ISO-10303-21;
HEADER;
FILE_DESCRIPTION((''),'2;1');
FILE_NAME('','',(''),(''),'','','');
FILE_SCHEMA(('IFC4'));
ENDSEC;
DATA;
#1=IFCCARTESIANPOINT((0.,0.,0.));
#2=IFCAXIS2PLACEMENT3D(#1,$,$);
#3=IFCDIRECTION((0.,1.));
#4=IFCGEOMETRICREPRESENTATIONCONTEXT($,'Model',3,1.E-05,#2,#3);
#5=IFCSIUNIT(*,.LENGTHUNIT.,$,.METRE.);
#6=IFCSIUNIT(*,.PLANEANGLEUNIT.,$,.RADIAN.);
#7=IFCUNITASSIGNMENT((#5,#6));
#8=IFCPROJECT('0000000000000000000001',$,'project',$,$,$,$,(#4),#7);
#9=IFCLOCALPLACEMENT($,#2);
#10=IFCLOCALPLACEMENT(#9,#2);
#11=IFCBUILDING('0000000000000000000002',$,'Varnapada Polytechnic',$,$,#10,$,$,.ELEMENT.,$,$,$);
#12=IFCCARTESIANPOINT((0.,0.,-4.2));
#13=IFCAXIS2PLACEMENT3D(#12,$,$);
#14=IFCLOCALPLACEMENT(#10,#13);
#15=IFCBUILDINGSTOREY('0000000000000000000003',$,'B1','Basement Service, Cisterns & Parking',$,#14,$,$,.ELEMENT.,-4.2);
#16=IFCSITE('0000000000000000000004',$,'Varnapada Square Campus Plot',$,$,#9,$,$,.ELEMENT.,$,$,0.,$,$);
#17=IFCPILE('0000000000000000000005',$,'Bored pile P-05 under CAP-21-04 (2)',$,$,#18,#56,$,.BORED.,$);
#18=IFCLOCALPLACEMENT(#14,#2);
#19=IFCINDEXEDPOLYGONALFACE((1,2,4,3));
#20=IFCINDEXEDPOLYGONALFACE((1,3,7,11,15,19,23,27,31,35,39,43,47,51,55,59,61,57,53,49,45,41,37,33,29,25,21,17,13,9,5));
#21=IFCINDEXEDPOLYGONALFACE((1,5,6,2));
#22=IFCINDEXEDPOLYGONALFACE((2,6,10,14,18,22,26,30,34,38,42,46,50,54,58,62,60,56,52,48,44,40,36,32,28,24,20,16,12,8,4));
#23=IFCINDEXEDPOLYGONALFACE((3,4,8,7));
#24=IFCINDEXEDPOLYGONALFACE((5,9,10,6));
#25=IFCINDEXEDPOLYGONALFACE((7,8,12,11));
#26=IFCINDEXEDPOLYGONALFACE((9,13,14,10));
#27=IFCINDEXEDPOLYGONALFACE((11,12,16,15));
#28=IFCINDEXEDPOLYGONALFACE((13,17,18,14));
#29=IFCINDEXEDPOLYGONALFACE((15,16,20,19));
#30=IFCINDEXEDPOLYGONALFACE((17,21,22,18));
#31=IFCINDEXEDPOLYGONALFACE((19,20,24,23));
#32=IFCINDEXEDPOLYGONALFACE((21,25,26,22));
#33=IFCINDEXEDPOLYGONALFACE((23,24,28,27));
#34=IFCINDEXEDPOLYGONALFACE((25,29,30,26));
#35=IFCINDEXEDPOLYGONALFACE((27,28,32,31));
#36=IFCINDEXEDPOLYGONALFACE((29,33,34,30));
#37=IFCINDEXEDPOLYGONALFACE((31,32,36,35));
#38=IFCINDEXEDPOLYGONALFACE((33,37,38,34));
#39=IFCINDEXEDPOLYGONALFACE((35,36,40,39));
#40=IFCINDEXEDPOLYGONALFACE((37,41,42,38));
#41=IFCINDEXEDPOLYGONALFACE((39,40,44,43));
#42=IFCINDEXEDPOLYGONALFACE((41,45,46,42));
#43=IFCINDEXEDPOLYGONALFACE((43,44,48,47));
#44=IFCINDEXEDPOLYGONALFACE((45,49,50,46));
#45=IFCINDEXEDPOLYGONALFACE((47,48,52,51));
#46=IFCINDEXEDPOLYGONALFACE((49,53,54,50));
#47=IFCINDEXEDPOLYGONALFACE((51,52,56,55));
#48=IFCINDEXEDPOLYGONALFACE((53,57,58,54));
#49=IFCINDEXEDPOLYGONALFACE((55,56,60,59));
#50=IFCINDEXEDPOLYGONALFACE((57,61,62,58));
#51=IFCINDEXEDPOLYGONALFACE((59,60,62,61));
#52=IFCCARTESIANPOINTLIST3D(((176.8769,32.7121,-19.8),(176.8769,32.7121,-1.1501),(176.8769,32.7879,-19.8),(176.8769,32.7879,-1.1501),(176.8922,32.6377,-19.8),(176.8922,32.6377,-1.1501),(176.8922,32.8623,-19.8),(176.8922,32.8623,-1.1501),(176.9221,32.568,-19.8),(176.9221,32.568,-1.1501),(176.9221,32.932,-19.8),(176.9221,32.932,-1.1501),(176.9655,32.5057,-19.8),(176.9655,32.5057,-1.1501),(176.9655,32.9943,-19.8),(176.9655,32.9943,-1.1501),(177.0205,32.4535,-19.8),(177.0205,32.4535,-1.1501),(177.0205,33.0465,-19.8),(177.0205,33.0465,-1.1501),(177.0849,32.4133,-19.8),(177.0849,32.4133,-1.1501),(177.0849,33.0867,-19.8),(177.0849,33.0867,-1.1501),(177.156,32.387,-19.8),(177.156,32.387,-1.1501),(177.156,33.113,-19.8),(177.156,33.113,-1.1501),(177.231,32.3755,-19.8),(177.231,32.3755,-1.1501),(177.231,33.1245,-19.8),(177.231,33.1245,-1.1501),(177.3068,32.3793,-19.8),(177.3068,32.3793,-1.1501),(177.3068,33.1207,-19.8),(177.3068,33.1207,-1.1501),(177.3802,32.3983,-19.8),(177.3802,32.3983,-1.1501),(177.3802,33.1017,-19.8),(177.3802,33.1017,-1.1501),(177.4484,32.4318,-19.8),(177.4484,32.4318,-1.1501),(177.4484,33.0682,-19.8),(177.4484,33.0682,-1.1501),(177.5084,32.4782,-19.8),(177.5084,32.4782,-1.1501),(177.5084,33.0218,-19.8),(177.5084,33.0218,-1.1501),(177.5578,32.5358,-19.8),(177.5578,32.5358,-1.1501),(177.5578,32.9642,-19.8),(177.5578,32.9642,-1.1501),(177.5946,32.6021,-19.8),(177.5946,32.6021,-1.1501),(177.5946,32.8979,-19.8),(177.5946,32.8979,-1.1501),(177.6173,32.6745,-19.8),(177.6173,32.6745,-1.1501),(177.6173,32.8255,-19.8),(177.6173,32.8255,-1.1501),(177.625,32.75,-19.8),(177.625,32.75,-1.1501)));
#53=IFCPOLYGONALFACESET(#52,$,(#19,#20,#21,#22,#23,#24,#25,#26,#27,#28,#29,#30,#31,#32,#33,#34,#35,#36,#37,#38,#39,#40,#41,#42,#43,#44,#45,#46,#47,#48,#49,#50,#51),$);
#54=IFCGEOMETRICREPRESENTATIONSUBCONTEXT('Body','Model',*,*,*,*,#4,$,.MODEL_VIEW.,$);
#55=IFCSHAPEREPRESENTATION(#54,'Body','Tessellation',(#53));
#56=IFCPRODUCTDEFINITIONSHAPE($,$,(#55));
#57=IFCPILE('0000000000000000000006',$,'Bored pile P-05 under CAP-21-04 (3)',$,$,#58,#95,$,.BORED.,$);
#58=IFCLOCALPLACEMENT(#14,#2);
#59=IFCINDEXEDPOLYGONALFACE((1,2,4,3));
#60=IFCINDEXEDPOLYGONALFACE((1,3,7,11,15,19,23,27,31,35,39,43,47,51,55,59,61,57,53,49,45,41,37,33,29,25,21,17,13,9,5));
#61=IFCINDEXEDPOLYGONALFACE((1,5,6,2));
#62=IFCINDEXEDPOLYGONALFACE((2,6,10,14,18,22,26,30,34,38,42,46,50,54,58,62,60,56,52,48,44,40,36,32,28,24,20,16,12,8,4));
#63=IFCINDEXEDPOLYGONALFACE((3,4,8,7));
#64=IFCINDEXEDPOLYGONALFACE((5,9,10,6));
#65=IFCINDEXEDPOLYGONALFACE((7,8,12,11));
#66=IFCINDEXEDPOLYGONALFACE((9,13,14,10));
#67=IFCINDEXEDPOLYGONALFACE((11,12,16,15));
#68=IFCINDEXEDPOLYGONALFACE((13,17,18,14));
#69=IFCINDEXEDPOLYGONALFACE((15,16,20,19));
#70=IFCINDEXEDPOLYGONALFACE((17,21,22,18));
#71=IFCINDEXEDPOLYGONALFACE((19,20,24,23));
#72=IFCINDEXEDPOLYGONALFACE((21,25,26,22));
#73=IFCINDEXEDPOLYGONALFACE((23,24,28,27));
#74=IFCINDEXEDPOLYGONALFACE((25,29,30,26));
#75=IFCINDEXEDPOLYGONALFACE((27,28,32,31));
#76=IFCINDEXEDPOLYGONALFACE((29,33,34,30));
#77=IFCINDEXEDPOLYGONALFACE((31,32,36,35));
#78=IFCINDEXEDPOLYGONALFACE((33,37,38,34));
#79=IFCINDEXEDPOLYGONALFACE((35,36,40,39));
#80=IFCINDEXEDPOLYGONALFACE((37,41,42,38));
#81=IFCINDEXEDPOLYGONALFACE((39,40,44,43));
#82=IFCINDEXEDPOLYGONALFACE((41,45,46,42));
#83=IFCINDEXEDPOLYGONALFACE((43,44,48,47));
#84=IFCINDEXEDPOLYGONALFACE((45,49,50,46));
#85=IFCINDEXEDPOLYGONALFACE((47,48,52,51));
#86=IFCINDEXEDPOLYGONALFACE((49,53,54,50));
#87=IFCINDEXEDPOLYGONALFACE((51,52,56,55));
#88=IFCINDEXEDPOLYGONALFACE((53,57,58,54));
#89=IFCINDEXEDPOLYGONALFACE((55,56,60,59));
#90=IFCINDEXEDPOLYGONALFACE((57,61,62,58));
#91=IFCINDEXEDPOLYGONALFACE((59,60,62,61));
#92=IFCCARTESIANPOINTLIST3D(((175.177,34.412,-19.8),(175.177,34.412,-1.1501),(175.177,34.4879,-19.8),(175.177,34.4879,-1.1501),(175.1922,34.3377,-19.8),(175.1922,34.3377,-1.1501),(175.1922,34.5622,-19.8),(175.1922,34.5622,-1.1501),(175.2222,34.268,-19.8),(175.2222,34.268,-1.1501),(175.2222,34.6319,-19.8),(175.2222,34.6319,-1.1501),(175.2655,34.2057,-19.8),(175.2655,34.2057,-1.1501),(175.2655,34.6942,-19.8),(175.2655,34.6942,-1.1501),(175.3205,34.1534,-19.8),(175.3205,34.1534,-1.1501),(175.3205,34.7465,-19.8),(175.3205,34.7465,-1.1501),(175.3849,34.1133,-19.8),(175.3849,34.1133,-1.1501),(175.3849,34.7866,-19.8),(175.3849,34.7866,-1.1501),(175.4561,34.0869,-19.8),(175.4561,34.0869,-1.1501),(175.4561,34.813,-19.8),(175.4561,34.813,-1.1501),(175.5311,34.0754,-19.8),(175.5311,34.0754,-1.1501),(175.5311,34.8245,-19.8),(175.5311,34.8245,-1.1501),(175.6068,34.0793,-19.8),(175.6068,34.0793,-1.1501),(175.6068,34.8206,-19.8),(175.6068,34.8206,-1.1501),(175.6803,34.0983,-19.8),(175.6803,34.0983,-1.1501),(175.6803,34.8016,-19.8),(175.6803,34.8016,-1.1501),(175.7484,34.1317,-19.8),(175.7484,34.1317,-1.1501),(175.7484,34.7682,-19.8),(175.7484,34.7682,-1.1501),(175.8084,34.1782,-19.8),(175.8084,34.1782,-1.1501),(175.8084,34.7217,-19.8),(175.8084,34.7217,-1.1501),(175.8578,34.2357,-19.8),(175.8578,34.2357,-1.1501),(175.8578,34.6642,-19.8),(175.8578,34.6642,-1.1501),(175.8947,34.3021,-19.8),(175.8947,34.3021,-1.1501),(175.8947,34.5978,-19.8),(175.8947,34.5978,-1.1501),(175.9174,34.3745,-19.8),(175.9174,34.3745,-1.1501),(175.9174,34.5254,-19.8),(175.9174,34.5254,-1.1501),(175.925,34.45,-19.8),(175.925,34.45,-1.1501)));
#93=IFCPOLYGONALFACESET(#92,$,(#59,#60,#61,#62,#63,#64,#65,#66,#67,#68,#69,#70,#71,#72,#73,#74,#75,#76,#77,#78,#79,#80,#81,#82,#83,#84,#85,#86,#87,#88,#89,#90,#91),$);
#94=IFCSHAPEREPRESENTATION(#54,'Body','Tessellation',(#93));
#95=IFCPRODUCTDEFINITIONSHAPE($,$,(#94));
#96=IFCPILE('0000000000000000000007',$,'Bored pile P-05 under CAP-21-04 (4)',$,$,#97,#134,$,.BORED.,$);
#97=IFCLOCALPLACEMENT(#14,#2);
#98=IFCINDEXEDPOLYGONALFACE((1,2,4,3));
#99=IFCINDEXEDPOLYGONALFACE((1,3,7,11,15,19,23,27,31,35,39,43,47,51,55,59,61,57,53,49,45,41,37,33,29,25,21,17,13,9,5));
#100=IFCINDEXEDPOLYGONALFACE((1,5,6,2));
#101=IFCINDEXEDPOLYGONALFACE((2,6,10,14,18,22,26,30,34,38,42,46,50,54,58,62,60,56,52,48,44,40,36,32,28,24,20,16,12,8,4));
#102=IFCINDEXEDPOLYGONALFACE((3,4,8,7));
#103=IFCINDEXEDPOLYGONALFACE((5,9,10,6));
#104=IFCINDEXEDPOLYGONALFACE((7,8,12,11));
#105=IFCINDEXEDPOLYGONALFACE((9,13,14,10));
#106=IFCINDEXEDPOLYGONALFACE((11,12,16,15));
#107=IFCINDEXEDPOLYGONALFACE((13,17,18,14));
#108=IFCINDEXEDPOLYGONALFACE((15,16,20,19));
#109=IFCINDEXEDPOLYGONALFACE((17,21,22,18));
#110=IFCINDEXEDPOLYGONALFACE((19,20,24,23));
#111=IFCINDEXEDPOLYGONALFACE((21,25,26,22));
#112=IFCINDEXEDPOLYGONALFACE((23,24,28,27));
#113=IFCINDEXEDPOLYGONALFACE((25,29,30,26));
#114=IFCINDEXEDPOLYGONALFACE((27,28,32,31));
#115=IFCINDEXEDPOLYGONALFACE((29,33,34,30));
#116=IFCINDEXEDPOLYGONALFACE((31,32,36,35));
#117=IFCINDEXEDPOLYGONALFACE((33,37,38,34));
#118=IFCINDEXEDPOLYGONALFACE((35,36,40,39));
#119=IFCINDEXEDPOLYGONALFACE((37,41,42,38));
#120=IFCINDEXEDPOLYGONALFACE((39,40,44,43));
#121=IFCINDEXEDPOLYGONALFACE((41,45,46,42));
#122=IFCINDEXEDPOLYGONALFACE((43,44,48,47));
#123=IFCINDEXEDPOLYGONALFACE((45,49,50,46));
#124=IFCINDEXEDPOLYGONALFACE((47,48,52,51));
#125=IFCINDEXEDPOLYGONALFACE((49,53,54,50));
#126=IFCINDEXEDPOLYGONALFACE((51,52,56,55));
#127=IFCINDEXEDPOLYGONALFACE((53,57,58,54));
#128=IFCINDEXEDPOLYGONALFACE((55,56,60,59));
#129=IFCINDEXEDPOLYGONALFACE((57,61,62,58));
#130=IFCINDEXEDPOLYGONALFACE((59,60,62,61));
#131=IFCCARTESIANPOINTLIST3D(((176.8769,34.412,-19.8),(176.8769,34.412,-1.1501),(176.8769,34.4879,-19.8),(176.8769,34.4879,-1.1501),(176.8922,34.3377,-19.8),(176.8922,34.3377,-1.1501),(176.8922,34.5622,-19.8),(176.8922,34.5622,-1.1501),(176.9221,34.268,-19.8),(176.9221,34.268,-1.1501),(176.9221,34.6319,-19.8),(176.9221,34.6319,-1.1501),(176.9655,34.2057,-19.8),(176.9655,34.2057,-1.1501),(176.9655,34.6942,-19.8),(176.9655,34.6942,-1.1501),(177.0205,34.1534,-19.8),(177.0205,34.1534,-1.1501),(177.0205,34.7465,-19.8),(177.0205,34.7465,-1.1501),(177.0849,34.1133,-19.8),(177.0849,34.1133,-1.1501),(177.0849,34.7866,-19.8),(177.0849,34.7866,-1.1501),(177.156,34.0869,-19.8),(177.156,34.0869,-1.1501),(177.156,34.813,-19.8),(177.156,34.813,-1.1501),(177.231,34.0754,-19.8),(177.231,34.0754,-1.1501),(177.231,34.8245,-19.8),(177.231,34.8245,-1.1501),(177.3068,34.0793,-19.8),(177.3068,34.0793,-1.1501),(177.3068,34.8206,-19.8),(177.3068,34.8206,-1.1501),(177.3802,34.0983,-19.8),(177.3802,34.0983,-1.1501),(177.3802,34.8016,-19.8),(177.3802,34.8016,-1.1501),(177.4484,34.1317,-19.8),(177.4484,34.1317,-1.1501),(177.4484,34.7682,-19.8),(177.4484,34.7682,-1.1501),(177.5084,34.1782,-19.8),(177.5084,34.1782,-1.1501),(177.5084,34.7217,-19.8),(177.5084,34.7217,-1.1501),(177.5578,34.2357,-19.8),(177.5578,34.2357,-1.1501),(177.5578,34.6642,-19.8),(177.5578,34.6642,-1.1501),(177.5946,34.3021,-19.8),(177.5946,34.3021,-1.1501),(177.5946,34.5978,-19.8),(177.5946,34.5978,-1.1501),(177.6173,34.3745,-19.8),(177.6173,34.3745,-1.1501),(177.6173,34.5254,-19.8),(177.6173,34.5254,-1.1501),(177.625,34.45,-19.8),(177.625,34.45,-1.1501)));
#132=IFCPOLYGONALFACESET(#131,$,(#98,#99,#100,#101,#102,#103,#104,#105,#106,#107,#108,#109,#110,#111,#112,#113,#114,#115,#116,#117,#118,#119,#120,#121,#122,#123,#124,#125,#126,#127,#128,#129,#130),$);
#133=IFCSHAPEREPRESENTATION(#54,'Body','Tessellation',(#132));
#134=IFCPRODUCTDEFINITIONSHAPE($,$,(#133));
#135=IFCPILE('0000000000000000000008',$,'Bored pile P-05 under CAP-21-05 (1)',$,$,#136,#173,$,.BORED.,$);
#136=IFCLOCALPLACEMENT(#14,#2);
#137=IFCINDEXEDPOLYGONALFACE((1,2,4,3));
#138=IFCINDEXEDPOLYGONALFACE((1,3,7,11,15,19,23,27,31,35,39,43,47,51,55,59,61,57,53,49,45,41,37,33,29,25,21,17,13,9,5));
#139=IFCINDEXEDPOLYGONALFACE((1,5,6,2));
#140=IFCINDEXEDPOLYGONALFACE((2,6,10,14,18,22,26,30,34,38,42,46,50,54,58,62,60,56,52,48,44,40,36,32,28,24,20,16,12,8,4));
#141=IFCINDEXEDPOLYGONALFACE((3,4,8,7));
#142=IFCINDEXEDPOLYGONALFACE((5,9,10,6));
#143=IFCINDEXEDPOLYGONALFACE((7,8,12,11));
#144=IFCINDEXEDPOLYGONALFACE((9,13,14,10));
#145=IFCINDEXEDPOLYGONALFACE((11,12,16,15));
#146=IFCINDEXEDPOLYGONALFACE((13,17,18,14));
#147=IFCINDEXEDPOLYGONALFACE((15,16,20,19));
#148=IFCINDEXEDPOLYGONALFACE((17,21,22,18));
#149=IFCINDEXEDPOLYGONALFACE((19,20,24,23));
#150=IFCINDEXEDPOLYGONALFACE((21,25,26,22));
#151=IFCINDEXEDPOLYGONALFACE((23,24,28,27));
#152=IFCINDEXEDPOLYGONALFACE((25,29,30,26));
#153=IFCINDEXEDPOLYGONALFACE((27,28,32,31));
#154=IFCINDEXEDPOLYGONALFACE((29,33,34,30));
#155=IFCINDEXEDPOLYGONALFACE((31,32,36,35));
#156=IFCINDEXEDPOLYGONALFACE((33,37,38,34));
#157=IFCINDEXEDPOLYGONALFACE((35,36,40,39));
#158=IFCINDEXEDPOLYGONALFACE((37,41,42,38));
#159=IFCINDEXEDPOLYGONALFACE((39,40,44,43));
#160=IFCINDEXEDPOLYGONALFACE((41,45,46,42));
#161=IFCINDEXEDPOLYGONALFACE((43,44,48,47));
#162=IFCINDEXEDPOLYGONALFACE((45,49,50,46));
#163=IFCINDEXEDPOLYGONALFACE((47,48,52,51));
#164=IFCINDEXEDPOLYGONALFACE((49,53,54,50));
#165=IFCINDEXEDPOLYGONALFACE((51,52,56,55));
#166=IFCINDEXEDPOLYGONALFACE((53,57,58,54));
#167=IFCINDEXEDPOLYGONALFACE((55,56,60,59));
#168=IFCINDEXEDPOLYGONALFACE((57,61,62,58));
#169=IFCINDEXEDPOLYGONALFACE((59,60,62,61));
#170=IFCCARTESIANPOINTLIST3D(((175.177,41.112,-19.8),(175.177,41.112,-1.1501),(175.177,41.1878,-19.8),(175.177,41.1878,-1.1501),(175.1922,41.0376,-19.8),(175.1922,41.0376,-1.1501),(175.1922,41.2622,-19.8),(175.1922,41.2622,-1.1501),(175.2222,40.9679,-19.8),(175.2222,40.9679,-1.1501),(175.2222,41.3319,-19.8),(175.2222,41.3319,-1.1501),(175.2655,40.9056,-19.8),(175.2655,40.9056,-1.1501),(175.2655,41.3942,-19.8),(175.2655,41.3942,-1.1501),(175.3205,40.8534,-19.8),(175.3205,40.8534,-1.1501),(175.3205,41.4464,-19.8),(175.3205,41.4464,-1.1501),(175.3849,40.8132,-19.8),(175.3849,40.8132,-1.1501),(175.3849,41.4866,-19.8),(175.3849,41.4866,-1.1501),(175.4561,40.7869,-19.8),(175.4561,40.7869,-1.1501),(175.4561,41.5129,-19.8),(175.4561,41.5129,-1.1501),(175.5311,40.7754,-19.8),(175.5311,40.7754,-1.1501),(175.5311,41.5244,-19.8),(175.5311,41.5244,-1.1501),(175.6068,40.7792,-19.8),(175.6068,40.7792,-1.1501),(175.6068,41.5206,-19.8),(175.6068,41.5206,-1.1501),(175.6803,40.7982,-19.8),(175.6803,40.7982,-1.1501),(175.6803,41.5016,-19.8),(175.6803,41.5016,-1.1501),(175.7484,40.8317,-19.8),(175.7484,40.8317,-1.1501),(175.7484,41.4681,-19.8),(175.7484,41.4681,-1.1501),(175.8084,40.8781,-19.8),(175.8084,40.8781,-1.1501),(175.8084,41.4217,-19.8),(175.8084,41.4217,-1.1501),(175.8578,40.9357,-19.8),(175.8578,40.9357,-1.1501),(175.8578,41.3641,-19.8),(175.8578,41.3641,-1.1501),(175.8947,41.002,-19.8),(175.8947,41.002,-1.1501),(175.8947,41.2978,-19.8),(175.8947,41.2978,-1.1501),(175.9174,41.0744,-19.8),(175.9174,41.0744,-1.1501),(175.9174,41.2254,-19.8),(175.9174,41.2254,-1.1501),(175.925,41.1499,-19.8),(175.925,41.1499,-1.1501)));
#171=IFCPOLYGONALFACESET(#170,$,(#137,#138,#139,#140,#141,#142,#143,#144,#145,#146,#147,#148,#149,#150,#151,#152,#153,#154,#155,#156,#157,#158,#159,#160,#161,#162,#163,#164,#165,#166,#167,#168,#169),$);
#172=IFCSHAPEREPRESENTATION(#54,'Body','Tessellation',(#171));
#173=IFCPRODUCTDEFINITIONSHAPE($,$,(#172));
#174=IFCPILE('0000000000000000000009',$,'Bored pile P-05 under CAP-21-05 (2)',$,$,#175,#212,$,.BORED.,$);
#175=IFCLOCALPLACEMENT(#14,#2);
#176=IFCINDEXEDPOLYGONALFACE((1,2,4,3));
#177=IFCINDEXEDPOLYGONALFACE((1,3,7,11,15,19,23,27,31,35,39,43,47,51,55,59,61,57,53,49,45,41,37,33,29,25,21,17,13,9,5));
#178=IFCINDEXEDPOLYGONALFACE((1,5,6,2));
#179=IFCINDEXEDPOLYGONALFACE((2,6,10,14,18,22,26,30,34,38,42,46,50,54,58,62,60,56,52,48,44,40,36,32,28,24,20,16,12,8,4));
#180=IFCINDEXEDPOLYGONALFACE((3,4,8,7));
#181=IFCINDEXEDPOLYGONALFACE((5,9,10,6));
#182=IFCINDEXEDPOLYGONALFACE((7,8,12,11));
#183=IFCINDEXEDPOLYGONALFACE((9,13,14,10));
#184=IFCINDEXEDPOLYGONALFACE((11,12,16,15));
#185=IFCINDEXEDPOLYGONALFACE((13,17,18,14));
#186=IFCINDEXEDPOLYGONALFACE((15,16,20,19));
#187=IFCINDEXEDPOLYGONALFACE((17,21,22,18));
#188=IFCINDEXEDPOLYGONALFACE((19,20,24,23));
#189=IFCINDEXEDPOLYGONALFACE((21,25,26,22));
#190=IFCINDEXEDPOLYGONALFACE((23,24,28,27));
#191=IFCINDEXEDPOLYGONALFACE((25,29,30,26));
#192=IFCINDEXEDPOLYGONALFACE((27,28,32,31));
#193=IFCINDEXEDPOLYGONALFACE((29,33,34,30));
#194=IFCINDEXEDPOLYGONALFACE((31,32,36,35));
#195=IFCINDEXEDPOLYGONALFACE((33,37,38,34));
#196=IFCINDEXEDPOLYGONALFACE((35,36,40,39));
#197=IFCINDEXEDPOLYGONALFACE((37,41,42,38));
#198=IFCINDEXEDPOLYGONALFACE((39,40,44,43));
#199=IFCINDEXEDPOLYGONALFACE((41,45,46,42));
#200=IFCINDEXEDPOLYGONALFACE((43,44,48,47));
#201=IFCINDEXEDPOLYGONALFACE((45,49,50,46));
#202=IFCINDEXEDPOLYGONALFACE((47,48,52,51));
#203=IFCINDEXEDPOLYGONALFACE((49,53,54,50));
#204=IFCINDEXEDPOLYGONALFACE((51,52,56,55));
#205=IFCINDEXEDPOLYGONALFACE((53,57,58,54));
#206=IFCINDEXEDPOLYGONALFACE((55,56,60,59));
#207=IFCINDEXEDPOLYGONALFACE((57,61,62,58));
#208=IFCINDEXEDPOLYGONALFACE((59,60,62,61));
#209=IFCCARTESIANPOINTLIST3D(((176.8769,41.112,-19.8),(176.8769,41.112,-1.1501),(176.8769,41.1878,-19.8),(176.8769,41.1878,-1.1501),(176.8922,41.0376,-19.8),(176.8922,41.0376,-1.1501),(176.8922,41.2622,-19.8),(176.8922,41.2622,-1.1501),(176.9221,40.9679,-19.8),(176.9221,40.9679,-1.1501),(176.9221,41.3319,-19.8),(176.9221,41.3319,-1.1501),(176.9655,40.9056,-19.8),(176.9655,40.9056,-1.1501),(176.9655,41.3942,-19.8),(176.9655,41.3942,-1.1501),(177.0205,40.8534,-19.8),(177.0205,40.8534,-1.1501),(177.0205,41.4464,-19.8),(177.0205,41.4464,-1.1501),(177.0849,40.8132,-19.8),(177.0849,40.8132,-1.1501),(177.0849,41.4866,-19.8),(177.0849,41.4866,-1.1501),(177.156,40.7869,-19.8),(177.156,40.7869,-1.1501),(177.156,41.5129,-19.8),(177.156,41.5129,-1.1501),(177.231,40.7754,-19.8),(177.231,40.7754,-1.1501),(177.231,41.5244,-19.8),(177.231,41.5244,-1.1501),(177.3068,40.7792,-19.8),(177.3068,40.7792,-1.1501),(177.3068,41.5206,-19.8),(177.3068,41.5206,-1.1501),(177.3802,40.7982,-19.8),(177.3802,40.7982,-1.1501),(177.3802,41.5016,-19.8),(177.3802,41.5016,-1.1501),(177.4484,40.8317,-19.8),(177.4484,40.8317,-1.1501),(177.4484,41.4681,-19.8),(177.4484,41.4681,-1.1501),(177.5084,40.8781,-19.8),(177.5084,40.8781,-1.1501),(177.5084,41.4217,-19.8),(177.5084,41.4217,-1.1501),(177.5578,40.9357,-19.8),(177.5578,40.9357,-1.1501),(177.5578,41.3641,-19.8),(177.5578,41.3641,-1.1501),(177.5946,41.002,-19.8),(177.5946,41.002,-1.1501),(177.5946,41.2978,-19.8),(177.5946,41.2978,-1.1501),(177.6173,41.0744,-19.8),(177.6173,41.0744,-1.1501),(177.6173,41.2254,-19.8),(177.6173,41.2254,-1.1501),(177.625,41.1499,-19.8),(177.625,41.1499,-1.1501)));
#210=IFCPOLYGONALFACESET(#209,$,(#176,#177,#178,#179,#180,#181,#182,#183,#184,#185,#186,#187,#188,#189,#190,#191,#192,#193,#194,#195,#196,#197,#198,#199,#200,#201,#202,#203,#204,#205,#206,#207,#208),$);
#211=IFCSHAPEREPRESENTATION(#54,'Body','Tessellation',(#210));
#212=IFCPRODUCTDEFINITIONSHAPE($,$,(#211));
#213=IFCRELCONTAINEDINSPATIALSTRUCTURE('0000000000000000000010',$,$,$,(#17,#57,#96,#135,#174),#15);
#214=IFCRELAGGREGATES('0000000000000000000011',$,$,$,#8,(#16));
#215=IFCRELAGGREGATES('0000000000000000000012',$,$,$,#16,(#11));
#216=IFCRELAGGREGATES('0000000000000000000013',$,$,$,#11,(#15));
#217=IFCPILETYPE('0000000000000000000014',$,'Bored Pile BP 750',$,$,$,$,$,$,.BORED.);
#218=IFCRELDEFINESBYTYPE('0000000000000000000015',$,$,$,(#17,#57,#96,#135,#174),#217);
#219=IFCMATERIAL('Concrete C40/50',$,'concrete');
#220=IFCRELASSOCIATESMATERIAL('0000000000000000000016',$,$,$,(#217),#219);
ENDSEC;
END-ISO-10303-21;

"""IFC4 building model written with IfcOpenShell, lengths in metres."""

from ifc_helpers import new_model, si_unit, direction, frame, origin, origin_2d, place, context, subcontext, project, spatial, circle, extrude, material, material_profile, profile_set, type_object, element, save


model = new_model("IFC4")

# Units and contexts
model_context = context("Model", 3, precision=1e-05, world=origin(), true_north=direction((0.0, 1.0)))
body_context = subcontext(model_context, "Body", "Model", "MODEL_VIEW")
ifc_project = project(units=[si_unit("LENGTHUNIT", "METRE"), si_unit("PLANEANGLEUNIT", "RADIAN")], contexts=[model_context])

# Site, building, storey
site_placement = place(None, origin())
site = spatial("IfcSite", under=ifc_project, at=site_placement, Name="Varnapada Square Campus Plot", CompositionType="ELEMENT", RefElevation=0.0)
building_placement = place(site_placement, origin())
building = spatial("IfcBuilding", under=site, at=building_placement, Name="Varnapada Polytechnic", CompositionType="ELEMENT")
storey_placement = place(building_placement, frame((0.0, 0.0, -4.2)))
storey = spatial("IfcBuildingStorey", under=building, at=storey_placement, Name="B1", Description="Basement Service, Cisterns & Parking", CompositionType="ELEMENT", Elevation=-4.2)

# Piles
ifc_material_1 = material(Name="Concrete C40/50", Category="concrete")
ifc_material_profile_1 = material_profile(ifc_material_1, circle(Radius=0.375, at=origin_2d()), Name="BP 750")
ifc_profile_set_1 = profile_set([ifc_material_profile_1], Name="Concrete C40/50")
pile_type = type_object("IfcPileType", Name="Bored Pile BP 750", PredefinedType="BORED", material=ifc_profile_set_1)
for number, where, z_axis, x_axis, name in (
    (1, (177.25, 32.75, -1.1501), (0.0, 0.0, -1.0), (1.0, 0.0, 0.0), "Bored pile P-05 under CAP-21-04 (2)"),
    (2, (175.55, 34.45, -1.1501), (0.0, 0.0, -1.0), (1.0, 0.0, 0.0), "Bored pile P-05 under CAP-21-04 (3)"),
    (3, (177.25, 34.45, -1.1501), (0.0, 0.0, -1.0), (1.0, 0.0, 0.0), "Bored pile P-05 under CAP-21-04 (4)"),
    (4, (175.55, 41.1499, -1.1501), (0.0, 0.0, -1.0), (1.0, 0.0, 0.0), "Bored pile P-05 under CAP-21-05 (1)"),
    (5, (177.25, 41.1499, -1.1501), (0.0, 0.0, -1.0), (1.0, 0.0, 0.0), "Bored pile P-05 under CAP-21-05 (2)"),
):
    element("IfcPile", number, at=place(storey_placement, frame(where, z_axis=z_axis, x_axis=x_axis)), inside=storey, type_object=pile_type, Name=name, PredefinedType="BORED", context=body_context, shape_type="SweptSolid", body=[
        extrude(circle(Radius=0.375, at=origin_2d()), origin(), (0.0, 0.0, 1.0), 18.6499),
    ])

save(model, "model.ifc")
